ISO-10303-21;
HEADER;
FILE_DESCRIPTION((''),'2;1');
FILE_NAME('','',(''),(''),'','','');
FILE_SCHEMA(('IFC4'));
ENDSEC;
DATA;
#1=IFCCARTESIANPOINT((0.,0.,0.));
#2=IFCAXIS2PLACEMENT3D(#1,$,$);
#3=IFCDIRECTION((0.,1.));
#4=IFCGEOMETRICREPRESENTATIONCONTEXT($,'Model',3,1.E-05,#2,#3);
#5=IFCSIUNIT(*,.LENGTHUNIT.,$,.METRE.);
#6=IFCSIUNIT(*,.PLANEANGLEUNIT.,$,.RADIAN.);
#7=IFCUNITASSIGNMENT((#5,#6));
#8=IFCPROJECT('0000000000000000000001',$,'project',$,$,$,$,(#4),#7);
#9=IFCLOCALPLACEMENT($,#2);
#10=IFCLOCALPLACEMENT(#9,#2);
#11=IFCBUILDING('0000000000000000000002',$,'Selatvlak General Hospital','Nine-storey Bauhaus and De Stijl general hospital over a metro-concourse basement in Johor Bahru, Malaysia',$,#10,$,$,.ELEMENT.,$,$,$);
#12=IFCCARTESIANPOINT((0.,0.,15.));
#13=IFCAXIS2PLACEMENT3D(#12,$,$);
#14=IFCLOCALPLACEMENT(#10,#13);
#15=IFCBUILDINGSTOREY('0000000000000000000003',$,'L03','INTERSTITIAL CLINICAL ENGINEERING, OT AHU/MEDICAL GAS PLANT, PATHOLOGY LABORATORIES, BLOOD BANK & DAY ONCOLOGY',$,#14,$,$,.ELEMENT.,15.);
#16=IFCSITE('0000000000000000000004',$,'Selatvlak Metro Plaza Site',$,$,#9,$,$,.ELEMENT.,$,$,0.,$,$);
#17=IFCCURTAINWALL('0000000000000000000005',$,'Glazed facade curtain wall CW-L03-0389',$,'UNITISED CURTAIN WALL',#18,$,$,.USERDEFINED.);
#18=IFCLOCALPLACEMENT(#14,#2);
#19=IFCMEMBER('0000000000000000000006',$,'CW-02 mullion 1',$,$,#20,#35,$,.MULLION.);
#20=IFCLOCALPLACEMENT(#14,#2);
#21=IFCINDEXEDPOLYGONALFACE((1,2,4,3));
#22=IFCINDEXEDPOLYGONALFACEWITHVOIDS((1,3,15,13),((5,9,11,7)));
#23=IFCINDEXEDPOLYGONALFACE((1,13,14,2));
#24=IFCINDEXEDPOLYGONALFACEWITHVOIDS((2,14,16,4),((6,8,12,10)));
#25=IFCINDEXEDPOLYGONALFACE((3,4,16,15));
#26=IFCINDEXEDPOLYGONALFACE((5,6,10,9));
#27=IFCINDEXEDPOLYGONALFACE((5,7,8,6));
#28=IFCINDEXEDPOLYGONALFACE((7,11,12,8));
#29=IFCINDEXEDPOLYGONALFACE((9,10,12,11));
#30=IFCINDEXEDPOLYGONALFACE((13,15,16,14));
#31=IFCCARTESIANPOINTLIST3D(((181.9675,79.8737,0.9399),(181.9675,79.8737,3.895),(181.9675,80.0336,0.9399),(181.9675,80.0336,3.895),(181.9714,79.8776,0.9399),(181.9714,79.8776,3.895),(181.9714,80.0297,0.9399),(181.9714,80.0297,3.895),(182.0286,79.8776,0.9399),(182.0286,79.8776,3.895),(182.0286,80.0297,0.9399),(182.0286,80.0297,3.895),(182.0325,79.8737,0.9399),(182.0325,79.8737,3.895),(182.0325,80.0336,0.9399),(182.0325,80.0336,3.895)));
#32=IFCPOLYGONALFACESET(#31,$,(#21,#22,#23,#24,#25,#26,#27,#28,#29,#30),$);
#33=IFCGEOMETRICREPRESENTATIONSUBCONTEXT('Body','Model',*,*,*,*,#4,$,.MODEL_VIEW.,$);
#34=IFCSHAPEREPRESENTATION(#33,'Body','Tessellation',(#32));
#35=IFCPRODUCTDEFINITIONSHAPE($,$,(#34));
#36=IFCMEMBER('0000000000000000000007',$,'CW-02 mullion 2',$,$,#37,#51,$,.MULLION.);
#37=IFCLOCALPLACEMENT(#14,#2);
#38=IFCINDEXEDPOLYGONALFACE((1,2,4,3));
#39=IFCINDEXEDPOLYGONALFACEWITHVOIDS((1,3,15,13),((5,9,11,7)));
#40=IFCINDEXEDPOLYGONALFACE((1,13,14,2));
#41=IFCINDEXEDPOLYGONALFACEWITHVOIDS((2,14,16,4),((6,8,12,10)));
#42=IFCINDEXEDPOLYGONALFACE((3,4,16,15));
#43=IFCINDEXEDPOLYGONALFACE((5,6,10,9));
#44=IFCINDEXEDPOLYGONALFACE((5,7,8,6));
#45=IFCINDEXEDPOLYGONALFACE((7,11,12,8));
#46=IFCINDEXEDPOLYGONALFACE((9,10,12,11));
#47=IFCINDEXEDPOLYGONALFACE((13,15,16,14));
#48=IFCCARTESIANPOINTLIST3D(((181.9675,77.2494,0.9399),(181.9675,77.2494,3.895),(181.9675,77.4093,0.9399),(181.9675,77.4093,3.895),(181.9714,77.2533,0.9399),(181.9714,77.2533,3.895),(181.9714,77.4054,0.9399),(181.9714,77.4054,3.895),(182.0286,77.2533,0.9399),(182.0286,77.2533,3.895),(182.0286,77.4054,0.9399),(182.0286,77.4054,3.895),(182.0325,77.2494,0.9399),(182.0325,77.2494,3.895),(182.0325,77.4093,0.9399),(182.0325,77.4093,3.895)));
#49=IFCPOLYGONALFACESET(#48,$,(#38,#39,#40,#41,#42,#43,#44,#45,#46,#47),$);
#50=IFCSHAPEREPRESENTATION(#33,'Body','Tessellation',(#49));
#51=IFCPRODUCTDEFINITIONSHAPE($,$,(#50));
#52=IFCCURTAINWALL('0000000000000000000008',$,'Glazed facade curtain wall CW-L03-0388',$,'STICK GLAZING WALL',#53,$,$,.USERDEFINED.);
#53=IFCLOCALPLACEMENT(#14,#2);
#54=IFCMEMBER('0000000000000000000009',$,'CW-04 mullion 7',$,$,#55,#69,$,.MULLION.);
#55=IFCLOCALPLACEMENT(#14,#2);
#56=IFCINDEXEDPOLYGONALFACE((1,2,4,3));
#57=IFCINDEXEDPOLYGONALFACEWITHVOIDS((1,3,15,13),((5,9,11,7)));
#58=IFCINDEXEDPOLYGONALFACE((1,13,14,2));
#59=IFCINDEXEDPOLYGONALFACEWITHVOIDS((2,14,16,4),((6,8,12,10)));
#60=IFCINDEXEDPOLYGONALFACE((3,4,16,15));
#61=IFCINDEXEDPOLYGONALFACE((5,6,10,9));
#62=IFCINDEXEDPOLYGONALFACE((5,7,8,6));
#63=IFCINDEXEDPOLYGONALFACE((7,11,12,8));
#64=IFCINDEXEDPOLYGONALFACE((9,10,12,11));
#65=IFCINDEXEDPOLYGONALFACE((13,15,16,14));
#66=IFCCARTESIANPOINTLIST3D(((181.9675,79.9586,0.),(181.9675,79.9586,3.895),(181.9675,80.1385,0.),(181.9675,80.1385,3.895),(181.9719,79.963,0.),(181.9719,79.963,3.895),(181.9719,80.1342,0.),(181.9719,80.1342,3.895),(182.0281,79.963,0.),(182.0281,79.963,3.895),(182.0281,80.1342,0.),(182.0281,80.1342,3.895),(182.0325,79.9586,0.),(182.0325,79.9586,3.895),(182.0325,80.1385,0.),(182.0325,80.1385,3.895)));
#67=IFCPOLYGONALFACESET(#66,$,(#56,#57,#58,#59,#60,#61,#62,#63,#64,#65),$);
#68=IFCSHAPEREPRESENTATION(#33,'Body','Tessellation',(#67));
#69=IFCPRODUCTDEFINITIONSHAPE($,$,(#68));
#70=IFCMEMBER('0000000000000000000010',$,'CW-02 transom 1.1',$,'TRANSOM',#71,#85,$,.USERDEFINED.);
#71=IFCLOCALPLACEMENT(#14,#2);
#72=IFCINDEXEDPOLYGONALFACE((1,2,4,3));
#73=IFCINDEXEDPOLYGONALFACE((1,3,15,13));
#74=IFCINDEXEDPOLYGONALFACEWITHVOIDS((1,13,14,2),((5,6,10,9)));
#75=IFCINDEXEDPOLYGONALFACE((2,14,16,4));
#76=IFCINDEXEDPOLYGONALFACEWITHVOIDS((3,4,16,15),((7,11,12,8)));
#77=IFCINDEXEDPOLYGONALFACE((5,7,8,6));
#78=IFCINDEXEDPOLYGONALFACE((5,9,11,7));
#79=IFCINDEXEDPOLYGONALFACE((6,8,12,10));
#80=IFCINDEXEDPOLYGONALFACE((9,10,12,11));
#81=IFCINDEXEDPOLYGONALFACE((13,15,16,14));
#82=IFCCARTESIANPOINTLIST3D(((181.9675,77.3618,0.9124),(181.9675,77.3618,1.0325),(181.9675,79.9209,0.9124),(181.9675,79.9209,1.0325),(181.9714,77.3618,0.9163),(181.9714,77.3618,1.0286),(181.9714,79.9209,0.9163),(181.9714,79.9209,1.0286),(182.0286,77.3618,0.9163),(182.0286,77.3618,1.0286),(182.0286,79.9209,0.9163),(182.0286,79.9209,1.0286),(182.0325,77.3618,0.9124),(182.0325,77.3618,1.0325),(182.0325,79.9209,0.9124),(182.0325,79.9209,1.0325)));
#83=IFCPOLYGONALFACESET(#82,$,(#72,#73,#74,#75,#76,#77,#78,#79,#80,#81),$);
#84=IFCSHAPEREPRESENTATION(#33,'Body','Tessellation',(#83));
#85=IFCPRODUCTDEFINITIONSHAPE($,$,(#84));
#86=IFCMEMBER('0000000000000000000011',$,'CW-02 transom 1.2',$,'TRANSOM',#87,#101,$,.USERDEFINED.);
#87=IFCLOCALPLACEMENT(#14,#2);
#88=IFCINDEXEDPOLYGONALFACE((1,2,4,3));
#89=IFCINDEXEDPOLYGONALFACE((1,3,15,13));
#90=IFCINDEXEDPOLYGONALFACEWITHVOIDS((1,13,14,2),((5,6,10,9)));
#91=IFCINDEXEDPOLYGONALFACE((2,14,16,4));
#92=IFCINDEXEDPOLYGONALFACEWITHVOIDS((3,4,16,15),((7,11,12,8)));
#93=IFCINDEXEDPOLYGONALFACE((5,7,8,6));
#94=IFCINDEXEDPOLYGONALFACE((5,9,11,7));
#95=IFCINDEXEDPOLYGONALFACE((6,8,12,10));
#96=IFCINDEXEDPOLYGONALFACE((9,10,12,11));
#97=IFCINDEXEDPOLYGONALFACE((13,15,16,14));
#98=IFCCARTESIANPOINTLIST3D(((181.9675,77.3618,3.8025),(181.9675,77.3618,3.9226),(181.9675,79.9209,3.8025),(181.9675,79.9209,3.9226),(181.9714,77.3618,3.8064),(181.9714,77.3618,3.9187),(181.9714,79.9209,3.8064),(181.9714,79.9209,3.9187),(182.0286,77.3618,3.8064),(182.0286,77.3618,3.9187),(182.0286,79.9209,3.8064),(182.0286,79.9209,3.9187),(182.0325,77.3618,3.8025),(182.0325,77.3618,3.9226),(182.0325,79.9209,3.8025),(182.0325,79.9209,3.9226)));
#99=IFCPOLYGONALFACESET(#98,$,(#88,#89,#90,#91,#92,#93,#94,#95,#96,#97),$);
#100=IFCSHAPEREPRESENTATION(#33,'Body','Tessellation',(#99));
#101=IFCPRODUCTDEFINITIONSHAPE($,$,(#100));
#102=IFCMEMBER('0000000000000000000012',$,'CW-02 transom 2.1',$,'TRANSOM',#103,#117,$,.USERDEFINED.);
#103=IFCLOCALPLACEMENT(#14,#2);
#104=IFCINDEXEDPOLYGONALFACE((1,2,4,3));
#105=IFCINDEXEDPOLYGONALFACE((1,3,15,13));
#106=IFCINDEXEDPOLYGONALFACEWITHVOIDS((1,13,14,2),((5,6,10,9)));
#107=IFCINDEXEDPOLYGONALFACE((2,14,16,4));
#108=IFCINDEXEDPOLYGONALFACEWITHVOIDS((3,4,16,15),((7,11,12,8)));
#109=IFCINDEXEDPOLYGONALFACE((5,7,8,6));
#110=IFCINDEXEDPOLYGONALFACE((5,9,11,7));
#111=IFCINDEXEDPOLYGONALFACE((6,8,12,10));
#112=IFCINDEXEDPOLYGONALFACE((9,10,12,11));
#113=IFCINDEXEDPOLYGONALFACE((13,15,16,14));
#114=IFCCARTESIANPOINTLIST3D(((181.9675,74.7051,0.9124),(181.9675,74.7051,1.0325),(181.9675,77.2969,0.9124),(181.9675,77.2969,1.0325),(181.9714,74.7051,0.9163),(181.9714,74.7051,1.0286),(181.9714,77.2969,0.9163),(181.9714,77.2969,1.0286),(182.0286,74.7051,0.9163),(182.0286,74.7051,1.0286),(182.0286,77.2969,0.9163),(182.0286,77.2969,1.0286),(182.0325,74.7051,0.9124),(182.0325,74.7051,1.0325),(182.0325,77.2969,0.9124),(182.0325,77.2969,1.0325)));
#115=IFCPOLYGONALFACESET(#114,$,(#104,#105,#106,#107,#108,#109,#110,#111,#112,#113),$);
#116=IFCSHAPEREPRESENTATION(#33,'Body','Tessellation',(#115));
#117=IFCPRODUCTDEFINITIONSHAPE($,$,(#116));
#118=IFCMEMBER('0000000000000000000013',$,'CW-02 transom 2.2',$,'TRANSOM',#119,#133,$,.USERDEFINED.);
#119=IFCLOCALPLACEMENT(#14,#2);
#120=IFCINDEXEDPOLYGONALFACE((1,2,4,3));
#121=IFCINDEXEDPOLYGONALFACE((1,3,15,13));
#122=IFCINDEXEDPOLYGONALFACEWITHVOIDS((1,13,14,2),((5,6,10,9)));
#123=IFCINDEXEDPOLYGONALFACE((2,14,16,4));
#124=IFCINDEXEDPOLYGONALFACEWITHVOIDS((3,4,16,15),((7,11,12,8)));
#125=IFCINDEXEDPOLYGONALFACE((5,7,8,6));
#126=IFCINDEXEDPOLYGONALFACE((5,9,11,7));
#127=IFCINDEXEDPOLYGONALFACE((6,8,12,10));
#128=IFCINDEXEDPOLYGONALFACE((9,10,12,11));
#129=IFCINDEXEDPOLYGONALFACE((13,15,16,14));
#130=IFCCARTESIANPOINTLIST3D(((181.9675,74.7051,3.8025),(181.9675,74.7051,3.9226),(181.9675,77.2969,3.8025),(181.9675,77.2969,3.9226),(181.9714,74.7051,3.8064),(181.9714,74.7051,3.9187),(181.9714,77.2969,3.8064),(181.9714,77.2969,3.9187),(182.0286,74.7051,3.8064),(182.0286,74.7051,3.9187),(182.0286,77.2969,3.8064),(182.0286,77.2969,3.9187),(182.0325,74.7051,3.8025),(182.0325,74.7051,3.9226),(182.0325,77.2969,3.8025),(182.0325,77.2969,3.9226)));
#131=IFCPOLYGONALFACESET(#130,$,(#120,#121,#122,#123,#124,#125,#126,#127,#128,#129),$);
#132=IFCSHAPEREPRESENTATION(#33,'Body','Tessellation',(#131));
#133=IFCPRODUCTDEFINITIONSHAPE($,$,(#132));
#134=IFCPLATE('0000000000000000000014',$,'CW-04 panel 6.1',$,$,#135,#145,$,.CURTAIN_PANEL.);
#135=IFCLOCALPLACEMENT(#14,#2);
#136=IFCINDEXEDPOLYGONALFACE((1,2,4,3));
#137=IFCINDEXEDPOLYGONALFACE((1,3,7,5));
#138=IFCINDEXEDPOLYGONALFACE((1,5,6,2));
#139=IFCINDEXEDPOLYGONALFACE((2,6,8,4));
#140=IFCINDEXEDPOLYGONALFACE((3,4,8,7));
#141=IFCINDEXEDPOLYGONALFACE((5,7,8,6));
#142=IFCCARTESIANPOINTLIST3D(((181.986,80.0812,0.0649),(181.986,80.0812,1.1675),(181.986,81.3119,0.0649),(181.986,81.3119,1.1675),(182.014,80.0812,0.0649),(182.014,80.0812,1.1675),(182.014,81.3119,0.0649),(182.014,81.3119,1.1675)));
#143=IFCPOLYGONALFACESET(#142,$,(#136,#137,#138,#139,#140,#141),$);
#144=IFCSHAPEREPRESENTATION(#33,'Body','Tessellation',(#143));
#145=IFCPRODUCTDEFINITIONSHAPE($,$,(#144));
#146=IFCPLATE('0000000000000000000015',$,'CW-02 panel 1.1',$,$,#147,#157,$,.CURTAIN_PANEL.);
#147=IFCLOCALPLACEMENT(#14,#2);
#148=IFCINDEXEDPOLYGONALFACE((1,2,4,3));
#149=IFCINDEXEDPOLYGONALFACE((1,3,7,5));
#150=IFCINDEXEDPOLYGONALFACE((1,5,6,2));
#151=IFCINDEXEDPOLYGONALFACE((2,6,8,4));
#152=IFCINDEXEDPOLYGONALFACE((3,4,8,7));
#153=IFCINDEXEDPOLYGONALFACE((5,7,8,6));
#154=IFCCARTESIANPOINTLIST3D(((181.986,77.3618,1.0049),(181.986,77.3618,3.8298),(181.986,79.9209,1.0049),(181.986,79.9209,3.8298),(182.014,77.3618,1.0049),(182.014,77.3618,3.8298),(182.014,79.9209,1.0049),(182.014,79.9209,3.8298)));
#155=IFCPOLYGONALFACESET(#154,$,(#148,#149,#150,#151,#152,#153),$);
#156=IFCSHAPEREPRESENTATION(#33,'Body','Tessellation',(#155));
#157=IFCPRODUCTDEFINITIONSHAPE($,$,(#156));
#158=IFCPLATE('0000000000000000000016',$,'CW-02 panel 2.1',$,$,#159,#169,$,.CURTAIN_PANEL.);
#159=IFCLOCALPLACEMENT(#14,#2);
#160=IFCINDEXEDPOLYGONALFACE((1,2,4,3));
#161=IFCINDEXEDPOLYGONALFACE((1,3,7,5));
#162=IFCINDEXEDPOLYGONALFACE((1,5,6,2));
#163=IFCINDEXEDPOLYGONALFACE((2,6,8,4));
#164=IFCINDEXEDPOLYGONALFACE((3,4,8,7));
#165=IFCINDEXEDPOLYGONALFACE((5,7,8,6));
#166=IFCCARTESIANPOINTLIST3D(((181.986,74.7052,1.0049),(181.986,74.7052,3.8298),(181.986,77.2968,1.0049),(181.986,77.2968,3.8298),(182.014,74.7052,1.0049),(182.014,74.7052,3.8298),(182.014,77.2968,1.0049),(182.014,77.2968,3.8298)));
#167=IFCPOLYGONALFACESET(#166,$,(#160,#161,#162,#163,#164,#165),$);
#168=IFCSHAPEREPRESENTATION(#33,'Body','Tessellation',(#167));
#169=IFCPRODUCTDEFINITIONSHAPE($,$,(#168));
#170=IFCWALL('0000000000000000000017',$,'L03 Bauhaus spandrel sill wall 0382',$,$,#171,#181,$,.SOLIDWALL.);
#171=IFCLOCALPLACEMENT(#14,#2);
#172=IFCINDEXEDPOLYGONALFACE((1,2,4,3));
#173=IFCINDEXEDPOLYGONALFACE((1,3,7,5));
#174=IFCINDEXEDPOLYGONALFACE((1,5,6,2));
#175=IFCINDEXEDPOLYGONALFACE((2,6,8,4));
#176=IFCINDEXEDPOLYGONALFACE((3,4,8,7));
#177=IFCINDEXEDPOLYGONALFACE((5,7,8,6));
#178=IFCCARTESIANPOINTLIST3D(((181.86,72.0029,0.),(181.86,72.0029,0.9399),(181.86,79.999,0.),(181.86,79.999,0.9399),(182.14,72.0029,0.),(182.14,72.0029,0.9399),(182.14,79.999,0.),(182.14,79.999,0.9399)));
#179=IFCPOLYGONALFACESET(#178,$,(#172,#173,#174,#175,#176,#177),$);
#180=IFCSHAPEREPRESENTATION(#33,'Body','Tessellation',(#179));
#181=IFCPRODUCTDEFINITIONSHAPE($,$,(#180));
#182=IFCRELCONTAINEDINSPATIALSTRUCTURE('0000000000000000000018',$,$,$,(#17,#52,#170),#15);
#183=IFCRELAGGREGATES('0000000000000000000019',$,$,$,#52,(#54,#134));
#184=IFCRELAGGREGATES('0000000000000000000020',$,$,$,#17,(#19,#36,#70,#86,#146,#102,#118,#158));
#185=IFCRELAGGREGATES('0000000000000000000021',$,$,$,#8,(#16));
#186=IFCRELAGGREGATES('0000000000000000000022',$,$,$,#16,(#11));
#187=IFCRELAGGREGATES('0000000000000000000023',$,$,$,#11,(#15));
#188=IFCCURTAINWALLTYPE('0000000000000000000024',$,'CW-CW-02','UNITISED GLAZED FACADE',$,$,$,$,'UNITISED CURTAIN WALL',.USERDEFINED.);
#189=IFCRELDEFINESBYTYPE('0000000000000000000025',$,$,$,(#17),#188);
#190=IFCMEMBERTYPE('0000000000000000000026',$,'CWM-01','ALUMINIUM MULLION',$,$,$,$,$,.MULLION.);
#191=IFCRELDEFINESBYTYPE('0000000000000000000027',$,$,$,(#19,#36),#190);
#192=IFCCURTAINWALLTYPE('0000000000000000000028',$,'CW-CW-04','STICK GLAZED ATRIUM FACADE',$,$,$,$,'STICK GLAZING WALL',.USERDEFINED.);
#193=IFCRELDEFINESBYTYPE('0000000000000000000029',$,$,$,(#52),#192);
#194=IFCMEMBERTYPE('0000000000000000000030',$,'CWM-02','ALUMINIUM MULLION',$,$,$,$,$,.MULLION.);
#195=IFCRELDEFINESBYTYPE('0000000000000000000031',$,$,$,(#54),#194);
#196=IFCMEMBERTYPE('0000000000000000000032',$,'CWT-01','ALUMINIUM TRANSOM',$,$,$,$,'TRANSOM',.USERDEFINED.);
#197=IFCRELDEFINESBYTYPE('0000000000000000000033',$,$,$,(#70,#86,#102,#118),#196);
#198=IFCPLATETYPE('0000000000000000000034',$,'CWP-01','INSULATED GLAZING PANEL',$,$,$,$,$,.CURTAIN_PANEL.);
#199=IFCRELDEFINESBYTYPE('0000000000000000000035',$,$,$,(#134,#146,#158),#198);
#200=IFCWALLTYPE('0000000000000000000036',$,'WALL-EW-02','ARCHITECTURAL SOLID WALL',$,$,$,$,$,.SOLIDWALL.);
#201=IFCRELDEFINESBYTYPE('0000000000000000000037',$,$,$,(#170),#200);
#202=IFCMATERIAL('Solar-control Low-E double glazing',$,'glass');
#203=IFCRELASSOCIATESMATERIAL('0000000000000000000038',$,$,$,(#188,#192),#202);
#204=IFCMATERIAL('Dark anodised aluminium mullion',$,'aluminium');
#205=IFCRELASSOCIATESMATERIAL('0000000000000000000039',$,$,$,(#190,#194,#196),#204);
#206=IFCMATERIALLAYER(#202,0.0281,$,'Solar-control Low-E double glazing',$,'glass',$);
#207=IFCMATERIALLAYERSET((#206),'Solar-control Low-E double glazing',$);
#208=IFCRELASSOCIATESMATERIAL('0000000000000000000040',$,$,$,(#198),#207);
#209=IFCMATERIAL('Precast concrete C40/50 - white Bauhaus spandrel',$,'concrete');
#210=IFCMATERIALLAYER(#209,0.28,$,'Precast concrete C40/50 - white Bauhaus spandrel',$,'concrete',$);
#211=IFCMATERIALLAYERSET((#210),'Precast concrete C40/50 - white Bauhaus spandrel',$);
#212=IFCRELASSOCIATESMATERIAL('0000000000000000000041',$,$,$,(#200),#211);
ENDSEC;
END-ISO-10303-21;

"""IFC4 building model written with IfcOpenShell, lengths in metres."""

from ifc_helpers import new_model, si_unit, direction, frame, frame_2d, origin, origin_2d, place, context, subcontext, project, spatial, rectangle, hollow_rectangle, extrude, material, layer, layer_set, material_profile, profile_set, type_object, element, aggregate, save


model = new_model("IFC4")

# Units and contexts
model_context = context("Model", 3, precision=1e-05, world=origin(), true_north=direction((0.0, 1.0)))
body_context = subcontext(model_context, "Body", "Model", "MODEL_VIEW")
ifc_project = project(units=[si_unit("LENGTHUNIT", "METRE"), si_unit("PLANEANGLEUNIT", "RADIAN")], contexts=[model_context])

# Site, building, storey
site_placement = place(None, origin())
site = spatial("IfcSite", under=ifc_project, at=site_placement, Name="Selatvlak Metro Plaza Site", CompositionType="ELEMENT", RefElevation=0.0)
building_placement = place(site_placement, origin())
building = spatial("IfcBuilding", under=site, at=building_placement, Name="Selatvlak General Hospital", Description="Nine-storey Bauhaus and De Stijl general hospital over a metro-concourse basement in Johor Bahru, Malaysia", CompositionType="ELEMENT")
storey_placement = place(building_placement, frame((0.0, 0.0, 15.0)))
storey = spatial("IfcBuildingStorey", under=building, at=storey_placement, Name="L03", Description="INTERSTITIAL CLINICAL ENGINEERING, OT AHU/MEDICAL GAS PLANT, PATHOLOGY LABORATORIES, BLOOD BANK & DAY ONCOLOGY", CompositionType="ELEMENT", Elevation=15.0)

# Curtain wall, members
ifc_material_1 = material(Name="Solar-control Low-E double glazing", Category="glass")
curtain_wall_type_1 = type_object("IfcCurtainWallType", Name="CW-CW-02", Description="UNITISED GLAZED FACADE", ElementType="UNITISED CURTAIN WALL", PredefinedType="USERDEFINED", material=ifc_material_1)
curtain_wall_1_placement = place(storey_placement, origin())
curtain_wall_1 = element("IfcCurtainWall", 1, at=curtain_wall_1_placement, inside=storey, type_object=curtain_wall_type_1, Name="Glazed facade curtain wall CW-L03-0389", ObjectType="UNITISED CURTAIN WALL", PredefinedType="USERDEFINED")
ifc_material_2 = material(Name="Dark anodised aluminium mullion", Category="aluminium")
ifc_material_profile_1 = material_profile(ifc_material_2, hollow_rectangle(XDim=0.0649, YDim=0.1599, WallThickness=0.0039, at=origin_2d()), Name="AL-MUL 65x160x4")
ifc_profile_set_1 = profile_set([ifc_material_profile_1], Name="Dark anodised aluminium mullion")
member_type_1 = type_object("IfcMemberType", Name="CWM-01", Description="ALUMINIUM MULLION", PredefinedType="MULLION", material=ifc_profile_set_1)
member_1_placement = place(storey_placement, frame((182.0, 79.9536, 0.9399), z_axis=(0.0, 0.0, 1.0), x_axis=(1.0, 0.0, 0.0)))
member_1 = element("IfcMember", 2, at=member_1_placement, type_object=member_type_1, Name="CW-02 mullion 1", PredefinedType="MULLION", context=body_context, shape_type="SweptSolid", body=[
    extrude(hollow_rectangle(XDim=0.0649, YDim=0.1599, WallThickness=0.0039, at=origin_2d()), origin(), (0.0, 0.0, 1.0), 2.9551),
])
member_2_placement = place(storey_placement, frame((182.0, 77.3293, 0.9399), z_axis=(0.0, 0.0, 1.0), x_axis=(1.0, 0.0, 0.0)))
member_2 = element("IfcMember", 3, at=member_2_placement, type_object=member_type_1, Name="CW-02 mullion 2", PredefinedType="MULLION", context=body_context, shape_type="SweptSolid", body=[
    extrude(hollow_rectangle(XDim=0.0649, YDim=0.1599, WallThickness=0.0039, at=origin_2d()), origin(), (0.0, 0.0, 1.0), 2.9551),
])

# Curtain wall, member
curtain_wall_type_2 = type_object("IfcCurtainWallType", Name="CW-CW-04", Description="STICK GLAZED ATRIUM FACADE", ElementType="STICK GLAZING WALL", PredefinedType="USERDEFINED", material=ifc_material_1)
curtain_wall_2_placement = place(storey_placement, origin())
curtain_wall_2 = element("IfcCurtainWall", 4, at=curtain_wall_2_placement, inside=storey, type_object=curtain_wall_type_2, Name="Glazed facade curtain wall CW-L03-0388", ObjectType="STICK GLAZING WALL", PredefinedType="USERDEFINED")
ifc_material_profile_2 = material_profile(ifc_material_2, hollow_rectangle(XDim=0.0649, YDim=0.1799, WallThickness=0.0044, at=origin_2d()), Name="AL-MUL 65x180x4.5")
ifc_profile_set_2 = profile_set([ifc_material_profile_2], Name="Dark anodised aluminium mullion")
member_type_2 = type_object("IfcMemberType", Name="CWM-02", Description="ALUMINIUM MULLION", PredefinedType="MULLION", material=ifc_profile_set_2)
member_3_placement = place(storey_placement, frame((182.0, 80.0486, 0.0), z_axis=(0.0, 0.0, 1.0), x_axis=(1.0, 0.0, 0.0)))
member_3 = element("IfcMember", 5, at=member_3_placement, type_object=member_type_2, Name="CW-04 mullion 7", PredefinedType="MULLION", context=body_context, shape_type="SweptSolid", body=[
    extrude(hollow_rectangle(XDim=0.0649, YDim=0.1799, WallThickness=0.0044, at=origin_2d()), origin(), (0.0, 0.0, 1.0), 3.895),
])

# Members
ifc_material_profile_3 = material_profile(ifc_material_2, hollow_rectangle(XDim=0.0649, YDim=0.1201, WallThickness=0.0039, at=origin_2d()), Name="AL-TRN 65x120x4")
ifc_profile_set_3 = profile_set([ifc_material_profile_3], Name="Dark anodised aluminium mullion")
member_type_3 = type_object("IfcMemberType", Name="CWT-01", Description="ALUMINIUM TRANSOM", ElementType="TRANSOM", PredefinedType="USERDEFINED", material=ifc_profile_set_3)
member_4_placement = place(storey_placement, frame((182.0, 79.9209, 0.9724), z_axis=(0.0, -1.0, 0.0), x_axis=(1.0, 0.0, 0.0)))
member_4 = element("IfcMember", 6, at=member_4_placement, type_object=member_type_3, Name="CW-02 transom 1.1", ObjectType="TRANSOM", PredefinedType="USERDEFINED", context=body_context, shape_type="SweptSolid", body=[
    extrude(hollow_rectangle(XDim=0.0649, YDim=0.1201, WallThickness=0.0039, at=origin_2d()), origin(), (0.0, 0.0, 1.0), 2.5591),
])
member_5_placement = place(storey_placement, frame((182.0, 79.9209, 3.8625), z_axis=(0.0, -1.0, 0.0), x_axis=(1.0, 0.0, 0.0)))
member_5 = element("IfcMember", 7, at=member_5_placement, type_object=member_type_3, Name="CW-02 transom 1.2", ObjectType="TRANSOM", PredefinedType="USERDEFINED", context=body_context, shape_type="SweptSolid", body=[
    extrude(hollow_rectangle(XDim=0.0649, YDim=0.1201, WallThickness=0.0039, at=origin_2d()), origin(), (0.0, 0.0, 1.0), 2.5591),
])
member_6_placement = place(storey_placement, frame((182.0, 77.2969, 0.9724), z_axis=(0.0, -1.0, 0.0), x_axis=(1.0, 0.0, 0.0)))
member_6 = element("IfcMember", 8, at=member_6_placement, type_object=member_type_3, Name="CW-02 transom 2.1", ObjectType="TRANSOM", PredefinedType="USERDEFINED", context=body_context, shape_type="SweptSolid", body=[
    extrude(hollow_rectangle(XDim=0.0649, YDim=0.1201, WallThickness=0.0039, at=origin_2d()), origin(), (0.0, 0.0, 1.0), 2.5918),
])
member_7_placement = place(storey_placement, frame((182.0, 77.2969, 3.8625), z_axis=(0.0, -1.0, 0.0), x_axis=(1.0, 0.0, 0.0)))
member_7 = element("IfcMember", 9, at=member_7_placement, type_object=member_type_3, Name="CW-02 transom 2.2", ObjectType="TRANSOM", PredefinedType="USERDEFINED", context=body_context, shape_type="SweptSolid", body=[
    extrude(hollow_rectangle(XDim=0.0649, YDim=0.1201, WallThickness=0.0039, at=origin_2d()), origin(), (0.0, 0.0, 1.0), 2.5918),
])

# Plates
ifc_layer_1 = layer(ifc_material_1, 0.0281, Name="Solar-control Low-E double glazing", Category="glass")
ifc_layer_set_1 = layer_set([ifc_layer_1], Name="Solar-control Low-E double glazing")
plate_type = type_object("IfcPlateType", Name="CWP-01", Description="INSULATED GLAZING PANEL", PredefinedType="CURTAIN_PANEL", material=ifc_layer_set_1)
plate_1_placement = place(storey_placement, frame((182.0, 80.6965, 0.0649), z_axis=(0.0, 0.0, 1.0), x_axis=(0.0, -1.0, 0.0)))
plate_1 = element("IfcPlate", 10, at=plate_1_placement, type_object=plate_type, Name="CW-04 panel 6.1", PredefinedType="CURTAIN_PANEL", context=body_context, shape_type="SweptSolid", body=[
    extrude(rectangle(XDim=1.2307, YDim=0.0281, at=origin_2d()), origin(), (0.0, 0.0, 1.0), 1.1025),
])
aggregate(curtain_wall_2, [member_3, plate_1])
plate_2_placement = place(storey_placement, frame((182.0, 78.6414, 1.0049), z_axis=(0.0, 0.0, 1.0), x_axis=(0.0, -1.0, 0.0)))
plate_2 = element("IfcPlate", 11, at=plate_2_placement, type_object=plate_type, Name="CW-02 panel 1.1", PredefinedType="CURTAIN_PANEL", context=body_context, shape_type="SweptSolid", body=[
    extrude(rectangle(XDim=2.5591, YDim=0.0281, at=origin_2d()), origin(), (0.0, 0.0, 1.0), 2.825),
])
plate_3_placement = place(storey_placement, frame((182.0, 76.001, 1.0049), z_axis=(0.0, 0.0, 1.0), x_axis=(0.0, -1.0, 0.0)))
plate_3 = element("IfcPlate", 12, at=plate_3_placement, type_object=plate_type, Name="CW-02 panel 2.1", PredefinedType="CURTAIN_PANEL", context=body_context, shape_type="SweptSolid", body=[
    extrude(rectangle(XDim=2.5916, YDim=0.0281, at=origin_2d()), origin(), (0.0, 0.0, 1.0), 2.825),
])
aggregate(curtain_wall_1, [member_1, member_2, member_4, member_5, plate_2, member_6, member_7, plate_3])

# Wall
ifc_material_3 = material(Name="Precast concrete C40/50 - white Bauhaus spandrel", Category="concrete")
ifc_layer_2 = layer(ifc_material_3, 0.28, Name="Precast concrete C40/50 - white Bauhaus spandrel", Category="concrete")
ifc_layer_set_2 = layer_set([ifc_layer_2], Name="Precast concrete C40/50 - white Bauhaus spandrel")
wall_type_1 = type_object("IfcWallType", Name="WALL-EW-02", Description="ARCHITECTURAL SOLID WALL", PredefinedType="SOLIDWALL", material=ifc_layer_set_2)
wall_1_placement = place(storey_placement, frame((182.0, 79.999, 0.0), z_axis=(0.0, 0.0, 1.0), x_axis=(0.0, -1.0, 0.0)))
element("IfcWall", 13, at=wall_1_placement, inside=storey, type_object=wall_type_1, Name="L03 Bauhaus spandrel sill wall 0382", PredefinedType="SOLIDWALL", context=body_context, shape_type="SweptSolid", body=[
    extrude(rectangle(XDim=7.9961, YDim=0.28, at=frame_2d((3.998, 0.0))), origin(), (0.0, 0.0, 1.0), 0.9399),
])

save(model, "model.ifc")
